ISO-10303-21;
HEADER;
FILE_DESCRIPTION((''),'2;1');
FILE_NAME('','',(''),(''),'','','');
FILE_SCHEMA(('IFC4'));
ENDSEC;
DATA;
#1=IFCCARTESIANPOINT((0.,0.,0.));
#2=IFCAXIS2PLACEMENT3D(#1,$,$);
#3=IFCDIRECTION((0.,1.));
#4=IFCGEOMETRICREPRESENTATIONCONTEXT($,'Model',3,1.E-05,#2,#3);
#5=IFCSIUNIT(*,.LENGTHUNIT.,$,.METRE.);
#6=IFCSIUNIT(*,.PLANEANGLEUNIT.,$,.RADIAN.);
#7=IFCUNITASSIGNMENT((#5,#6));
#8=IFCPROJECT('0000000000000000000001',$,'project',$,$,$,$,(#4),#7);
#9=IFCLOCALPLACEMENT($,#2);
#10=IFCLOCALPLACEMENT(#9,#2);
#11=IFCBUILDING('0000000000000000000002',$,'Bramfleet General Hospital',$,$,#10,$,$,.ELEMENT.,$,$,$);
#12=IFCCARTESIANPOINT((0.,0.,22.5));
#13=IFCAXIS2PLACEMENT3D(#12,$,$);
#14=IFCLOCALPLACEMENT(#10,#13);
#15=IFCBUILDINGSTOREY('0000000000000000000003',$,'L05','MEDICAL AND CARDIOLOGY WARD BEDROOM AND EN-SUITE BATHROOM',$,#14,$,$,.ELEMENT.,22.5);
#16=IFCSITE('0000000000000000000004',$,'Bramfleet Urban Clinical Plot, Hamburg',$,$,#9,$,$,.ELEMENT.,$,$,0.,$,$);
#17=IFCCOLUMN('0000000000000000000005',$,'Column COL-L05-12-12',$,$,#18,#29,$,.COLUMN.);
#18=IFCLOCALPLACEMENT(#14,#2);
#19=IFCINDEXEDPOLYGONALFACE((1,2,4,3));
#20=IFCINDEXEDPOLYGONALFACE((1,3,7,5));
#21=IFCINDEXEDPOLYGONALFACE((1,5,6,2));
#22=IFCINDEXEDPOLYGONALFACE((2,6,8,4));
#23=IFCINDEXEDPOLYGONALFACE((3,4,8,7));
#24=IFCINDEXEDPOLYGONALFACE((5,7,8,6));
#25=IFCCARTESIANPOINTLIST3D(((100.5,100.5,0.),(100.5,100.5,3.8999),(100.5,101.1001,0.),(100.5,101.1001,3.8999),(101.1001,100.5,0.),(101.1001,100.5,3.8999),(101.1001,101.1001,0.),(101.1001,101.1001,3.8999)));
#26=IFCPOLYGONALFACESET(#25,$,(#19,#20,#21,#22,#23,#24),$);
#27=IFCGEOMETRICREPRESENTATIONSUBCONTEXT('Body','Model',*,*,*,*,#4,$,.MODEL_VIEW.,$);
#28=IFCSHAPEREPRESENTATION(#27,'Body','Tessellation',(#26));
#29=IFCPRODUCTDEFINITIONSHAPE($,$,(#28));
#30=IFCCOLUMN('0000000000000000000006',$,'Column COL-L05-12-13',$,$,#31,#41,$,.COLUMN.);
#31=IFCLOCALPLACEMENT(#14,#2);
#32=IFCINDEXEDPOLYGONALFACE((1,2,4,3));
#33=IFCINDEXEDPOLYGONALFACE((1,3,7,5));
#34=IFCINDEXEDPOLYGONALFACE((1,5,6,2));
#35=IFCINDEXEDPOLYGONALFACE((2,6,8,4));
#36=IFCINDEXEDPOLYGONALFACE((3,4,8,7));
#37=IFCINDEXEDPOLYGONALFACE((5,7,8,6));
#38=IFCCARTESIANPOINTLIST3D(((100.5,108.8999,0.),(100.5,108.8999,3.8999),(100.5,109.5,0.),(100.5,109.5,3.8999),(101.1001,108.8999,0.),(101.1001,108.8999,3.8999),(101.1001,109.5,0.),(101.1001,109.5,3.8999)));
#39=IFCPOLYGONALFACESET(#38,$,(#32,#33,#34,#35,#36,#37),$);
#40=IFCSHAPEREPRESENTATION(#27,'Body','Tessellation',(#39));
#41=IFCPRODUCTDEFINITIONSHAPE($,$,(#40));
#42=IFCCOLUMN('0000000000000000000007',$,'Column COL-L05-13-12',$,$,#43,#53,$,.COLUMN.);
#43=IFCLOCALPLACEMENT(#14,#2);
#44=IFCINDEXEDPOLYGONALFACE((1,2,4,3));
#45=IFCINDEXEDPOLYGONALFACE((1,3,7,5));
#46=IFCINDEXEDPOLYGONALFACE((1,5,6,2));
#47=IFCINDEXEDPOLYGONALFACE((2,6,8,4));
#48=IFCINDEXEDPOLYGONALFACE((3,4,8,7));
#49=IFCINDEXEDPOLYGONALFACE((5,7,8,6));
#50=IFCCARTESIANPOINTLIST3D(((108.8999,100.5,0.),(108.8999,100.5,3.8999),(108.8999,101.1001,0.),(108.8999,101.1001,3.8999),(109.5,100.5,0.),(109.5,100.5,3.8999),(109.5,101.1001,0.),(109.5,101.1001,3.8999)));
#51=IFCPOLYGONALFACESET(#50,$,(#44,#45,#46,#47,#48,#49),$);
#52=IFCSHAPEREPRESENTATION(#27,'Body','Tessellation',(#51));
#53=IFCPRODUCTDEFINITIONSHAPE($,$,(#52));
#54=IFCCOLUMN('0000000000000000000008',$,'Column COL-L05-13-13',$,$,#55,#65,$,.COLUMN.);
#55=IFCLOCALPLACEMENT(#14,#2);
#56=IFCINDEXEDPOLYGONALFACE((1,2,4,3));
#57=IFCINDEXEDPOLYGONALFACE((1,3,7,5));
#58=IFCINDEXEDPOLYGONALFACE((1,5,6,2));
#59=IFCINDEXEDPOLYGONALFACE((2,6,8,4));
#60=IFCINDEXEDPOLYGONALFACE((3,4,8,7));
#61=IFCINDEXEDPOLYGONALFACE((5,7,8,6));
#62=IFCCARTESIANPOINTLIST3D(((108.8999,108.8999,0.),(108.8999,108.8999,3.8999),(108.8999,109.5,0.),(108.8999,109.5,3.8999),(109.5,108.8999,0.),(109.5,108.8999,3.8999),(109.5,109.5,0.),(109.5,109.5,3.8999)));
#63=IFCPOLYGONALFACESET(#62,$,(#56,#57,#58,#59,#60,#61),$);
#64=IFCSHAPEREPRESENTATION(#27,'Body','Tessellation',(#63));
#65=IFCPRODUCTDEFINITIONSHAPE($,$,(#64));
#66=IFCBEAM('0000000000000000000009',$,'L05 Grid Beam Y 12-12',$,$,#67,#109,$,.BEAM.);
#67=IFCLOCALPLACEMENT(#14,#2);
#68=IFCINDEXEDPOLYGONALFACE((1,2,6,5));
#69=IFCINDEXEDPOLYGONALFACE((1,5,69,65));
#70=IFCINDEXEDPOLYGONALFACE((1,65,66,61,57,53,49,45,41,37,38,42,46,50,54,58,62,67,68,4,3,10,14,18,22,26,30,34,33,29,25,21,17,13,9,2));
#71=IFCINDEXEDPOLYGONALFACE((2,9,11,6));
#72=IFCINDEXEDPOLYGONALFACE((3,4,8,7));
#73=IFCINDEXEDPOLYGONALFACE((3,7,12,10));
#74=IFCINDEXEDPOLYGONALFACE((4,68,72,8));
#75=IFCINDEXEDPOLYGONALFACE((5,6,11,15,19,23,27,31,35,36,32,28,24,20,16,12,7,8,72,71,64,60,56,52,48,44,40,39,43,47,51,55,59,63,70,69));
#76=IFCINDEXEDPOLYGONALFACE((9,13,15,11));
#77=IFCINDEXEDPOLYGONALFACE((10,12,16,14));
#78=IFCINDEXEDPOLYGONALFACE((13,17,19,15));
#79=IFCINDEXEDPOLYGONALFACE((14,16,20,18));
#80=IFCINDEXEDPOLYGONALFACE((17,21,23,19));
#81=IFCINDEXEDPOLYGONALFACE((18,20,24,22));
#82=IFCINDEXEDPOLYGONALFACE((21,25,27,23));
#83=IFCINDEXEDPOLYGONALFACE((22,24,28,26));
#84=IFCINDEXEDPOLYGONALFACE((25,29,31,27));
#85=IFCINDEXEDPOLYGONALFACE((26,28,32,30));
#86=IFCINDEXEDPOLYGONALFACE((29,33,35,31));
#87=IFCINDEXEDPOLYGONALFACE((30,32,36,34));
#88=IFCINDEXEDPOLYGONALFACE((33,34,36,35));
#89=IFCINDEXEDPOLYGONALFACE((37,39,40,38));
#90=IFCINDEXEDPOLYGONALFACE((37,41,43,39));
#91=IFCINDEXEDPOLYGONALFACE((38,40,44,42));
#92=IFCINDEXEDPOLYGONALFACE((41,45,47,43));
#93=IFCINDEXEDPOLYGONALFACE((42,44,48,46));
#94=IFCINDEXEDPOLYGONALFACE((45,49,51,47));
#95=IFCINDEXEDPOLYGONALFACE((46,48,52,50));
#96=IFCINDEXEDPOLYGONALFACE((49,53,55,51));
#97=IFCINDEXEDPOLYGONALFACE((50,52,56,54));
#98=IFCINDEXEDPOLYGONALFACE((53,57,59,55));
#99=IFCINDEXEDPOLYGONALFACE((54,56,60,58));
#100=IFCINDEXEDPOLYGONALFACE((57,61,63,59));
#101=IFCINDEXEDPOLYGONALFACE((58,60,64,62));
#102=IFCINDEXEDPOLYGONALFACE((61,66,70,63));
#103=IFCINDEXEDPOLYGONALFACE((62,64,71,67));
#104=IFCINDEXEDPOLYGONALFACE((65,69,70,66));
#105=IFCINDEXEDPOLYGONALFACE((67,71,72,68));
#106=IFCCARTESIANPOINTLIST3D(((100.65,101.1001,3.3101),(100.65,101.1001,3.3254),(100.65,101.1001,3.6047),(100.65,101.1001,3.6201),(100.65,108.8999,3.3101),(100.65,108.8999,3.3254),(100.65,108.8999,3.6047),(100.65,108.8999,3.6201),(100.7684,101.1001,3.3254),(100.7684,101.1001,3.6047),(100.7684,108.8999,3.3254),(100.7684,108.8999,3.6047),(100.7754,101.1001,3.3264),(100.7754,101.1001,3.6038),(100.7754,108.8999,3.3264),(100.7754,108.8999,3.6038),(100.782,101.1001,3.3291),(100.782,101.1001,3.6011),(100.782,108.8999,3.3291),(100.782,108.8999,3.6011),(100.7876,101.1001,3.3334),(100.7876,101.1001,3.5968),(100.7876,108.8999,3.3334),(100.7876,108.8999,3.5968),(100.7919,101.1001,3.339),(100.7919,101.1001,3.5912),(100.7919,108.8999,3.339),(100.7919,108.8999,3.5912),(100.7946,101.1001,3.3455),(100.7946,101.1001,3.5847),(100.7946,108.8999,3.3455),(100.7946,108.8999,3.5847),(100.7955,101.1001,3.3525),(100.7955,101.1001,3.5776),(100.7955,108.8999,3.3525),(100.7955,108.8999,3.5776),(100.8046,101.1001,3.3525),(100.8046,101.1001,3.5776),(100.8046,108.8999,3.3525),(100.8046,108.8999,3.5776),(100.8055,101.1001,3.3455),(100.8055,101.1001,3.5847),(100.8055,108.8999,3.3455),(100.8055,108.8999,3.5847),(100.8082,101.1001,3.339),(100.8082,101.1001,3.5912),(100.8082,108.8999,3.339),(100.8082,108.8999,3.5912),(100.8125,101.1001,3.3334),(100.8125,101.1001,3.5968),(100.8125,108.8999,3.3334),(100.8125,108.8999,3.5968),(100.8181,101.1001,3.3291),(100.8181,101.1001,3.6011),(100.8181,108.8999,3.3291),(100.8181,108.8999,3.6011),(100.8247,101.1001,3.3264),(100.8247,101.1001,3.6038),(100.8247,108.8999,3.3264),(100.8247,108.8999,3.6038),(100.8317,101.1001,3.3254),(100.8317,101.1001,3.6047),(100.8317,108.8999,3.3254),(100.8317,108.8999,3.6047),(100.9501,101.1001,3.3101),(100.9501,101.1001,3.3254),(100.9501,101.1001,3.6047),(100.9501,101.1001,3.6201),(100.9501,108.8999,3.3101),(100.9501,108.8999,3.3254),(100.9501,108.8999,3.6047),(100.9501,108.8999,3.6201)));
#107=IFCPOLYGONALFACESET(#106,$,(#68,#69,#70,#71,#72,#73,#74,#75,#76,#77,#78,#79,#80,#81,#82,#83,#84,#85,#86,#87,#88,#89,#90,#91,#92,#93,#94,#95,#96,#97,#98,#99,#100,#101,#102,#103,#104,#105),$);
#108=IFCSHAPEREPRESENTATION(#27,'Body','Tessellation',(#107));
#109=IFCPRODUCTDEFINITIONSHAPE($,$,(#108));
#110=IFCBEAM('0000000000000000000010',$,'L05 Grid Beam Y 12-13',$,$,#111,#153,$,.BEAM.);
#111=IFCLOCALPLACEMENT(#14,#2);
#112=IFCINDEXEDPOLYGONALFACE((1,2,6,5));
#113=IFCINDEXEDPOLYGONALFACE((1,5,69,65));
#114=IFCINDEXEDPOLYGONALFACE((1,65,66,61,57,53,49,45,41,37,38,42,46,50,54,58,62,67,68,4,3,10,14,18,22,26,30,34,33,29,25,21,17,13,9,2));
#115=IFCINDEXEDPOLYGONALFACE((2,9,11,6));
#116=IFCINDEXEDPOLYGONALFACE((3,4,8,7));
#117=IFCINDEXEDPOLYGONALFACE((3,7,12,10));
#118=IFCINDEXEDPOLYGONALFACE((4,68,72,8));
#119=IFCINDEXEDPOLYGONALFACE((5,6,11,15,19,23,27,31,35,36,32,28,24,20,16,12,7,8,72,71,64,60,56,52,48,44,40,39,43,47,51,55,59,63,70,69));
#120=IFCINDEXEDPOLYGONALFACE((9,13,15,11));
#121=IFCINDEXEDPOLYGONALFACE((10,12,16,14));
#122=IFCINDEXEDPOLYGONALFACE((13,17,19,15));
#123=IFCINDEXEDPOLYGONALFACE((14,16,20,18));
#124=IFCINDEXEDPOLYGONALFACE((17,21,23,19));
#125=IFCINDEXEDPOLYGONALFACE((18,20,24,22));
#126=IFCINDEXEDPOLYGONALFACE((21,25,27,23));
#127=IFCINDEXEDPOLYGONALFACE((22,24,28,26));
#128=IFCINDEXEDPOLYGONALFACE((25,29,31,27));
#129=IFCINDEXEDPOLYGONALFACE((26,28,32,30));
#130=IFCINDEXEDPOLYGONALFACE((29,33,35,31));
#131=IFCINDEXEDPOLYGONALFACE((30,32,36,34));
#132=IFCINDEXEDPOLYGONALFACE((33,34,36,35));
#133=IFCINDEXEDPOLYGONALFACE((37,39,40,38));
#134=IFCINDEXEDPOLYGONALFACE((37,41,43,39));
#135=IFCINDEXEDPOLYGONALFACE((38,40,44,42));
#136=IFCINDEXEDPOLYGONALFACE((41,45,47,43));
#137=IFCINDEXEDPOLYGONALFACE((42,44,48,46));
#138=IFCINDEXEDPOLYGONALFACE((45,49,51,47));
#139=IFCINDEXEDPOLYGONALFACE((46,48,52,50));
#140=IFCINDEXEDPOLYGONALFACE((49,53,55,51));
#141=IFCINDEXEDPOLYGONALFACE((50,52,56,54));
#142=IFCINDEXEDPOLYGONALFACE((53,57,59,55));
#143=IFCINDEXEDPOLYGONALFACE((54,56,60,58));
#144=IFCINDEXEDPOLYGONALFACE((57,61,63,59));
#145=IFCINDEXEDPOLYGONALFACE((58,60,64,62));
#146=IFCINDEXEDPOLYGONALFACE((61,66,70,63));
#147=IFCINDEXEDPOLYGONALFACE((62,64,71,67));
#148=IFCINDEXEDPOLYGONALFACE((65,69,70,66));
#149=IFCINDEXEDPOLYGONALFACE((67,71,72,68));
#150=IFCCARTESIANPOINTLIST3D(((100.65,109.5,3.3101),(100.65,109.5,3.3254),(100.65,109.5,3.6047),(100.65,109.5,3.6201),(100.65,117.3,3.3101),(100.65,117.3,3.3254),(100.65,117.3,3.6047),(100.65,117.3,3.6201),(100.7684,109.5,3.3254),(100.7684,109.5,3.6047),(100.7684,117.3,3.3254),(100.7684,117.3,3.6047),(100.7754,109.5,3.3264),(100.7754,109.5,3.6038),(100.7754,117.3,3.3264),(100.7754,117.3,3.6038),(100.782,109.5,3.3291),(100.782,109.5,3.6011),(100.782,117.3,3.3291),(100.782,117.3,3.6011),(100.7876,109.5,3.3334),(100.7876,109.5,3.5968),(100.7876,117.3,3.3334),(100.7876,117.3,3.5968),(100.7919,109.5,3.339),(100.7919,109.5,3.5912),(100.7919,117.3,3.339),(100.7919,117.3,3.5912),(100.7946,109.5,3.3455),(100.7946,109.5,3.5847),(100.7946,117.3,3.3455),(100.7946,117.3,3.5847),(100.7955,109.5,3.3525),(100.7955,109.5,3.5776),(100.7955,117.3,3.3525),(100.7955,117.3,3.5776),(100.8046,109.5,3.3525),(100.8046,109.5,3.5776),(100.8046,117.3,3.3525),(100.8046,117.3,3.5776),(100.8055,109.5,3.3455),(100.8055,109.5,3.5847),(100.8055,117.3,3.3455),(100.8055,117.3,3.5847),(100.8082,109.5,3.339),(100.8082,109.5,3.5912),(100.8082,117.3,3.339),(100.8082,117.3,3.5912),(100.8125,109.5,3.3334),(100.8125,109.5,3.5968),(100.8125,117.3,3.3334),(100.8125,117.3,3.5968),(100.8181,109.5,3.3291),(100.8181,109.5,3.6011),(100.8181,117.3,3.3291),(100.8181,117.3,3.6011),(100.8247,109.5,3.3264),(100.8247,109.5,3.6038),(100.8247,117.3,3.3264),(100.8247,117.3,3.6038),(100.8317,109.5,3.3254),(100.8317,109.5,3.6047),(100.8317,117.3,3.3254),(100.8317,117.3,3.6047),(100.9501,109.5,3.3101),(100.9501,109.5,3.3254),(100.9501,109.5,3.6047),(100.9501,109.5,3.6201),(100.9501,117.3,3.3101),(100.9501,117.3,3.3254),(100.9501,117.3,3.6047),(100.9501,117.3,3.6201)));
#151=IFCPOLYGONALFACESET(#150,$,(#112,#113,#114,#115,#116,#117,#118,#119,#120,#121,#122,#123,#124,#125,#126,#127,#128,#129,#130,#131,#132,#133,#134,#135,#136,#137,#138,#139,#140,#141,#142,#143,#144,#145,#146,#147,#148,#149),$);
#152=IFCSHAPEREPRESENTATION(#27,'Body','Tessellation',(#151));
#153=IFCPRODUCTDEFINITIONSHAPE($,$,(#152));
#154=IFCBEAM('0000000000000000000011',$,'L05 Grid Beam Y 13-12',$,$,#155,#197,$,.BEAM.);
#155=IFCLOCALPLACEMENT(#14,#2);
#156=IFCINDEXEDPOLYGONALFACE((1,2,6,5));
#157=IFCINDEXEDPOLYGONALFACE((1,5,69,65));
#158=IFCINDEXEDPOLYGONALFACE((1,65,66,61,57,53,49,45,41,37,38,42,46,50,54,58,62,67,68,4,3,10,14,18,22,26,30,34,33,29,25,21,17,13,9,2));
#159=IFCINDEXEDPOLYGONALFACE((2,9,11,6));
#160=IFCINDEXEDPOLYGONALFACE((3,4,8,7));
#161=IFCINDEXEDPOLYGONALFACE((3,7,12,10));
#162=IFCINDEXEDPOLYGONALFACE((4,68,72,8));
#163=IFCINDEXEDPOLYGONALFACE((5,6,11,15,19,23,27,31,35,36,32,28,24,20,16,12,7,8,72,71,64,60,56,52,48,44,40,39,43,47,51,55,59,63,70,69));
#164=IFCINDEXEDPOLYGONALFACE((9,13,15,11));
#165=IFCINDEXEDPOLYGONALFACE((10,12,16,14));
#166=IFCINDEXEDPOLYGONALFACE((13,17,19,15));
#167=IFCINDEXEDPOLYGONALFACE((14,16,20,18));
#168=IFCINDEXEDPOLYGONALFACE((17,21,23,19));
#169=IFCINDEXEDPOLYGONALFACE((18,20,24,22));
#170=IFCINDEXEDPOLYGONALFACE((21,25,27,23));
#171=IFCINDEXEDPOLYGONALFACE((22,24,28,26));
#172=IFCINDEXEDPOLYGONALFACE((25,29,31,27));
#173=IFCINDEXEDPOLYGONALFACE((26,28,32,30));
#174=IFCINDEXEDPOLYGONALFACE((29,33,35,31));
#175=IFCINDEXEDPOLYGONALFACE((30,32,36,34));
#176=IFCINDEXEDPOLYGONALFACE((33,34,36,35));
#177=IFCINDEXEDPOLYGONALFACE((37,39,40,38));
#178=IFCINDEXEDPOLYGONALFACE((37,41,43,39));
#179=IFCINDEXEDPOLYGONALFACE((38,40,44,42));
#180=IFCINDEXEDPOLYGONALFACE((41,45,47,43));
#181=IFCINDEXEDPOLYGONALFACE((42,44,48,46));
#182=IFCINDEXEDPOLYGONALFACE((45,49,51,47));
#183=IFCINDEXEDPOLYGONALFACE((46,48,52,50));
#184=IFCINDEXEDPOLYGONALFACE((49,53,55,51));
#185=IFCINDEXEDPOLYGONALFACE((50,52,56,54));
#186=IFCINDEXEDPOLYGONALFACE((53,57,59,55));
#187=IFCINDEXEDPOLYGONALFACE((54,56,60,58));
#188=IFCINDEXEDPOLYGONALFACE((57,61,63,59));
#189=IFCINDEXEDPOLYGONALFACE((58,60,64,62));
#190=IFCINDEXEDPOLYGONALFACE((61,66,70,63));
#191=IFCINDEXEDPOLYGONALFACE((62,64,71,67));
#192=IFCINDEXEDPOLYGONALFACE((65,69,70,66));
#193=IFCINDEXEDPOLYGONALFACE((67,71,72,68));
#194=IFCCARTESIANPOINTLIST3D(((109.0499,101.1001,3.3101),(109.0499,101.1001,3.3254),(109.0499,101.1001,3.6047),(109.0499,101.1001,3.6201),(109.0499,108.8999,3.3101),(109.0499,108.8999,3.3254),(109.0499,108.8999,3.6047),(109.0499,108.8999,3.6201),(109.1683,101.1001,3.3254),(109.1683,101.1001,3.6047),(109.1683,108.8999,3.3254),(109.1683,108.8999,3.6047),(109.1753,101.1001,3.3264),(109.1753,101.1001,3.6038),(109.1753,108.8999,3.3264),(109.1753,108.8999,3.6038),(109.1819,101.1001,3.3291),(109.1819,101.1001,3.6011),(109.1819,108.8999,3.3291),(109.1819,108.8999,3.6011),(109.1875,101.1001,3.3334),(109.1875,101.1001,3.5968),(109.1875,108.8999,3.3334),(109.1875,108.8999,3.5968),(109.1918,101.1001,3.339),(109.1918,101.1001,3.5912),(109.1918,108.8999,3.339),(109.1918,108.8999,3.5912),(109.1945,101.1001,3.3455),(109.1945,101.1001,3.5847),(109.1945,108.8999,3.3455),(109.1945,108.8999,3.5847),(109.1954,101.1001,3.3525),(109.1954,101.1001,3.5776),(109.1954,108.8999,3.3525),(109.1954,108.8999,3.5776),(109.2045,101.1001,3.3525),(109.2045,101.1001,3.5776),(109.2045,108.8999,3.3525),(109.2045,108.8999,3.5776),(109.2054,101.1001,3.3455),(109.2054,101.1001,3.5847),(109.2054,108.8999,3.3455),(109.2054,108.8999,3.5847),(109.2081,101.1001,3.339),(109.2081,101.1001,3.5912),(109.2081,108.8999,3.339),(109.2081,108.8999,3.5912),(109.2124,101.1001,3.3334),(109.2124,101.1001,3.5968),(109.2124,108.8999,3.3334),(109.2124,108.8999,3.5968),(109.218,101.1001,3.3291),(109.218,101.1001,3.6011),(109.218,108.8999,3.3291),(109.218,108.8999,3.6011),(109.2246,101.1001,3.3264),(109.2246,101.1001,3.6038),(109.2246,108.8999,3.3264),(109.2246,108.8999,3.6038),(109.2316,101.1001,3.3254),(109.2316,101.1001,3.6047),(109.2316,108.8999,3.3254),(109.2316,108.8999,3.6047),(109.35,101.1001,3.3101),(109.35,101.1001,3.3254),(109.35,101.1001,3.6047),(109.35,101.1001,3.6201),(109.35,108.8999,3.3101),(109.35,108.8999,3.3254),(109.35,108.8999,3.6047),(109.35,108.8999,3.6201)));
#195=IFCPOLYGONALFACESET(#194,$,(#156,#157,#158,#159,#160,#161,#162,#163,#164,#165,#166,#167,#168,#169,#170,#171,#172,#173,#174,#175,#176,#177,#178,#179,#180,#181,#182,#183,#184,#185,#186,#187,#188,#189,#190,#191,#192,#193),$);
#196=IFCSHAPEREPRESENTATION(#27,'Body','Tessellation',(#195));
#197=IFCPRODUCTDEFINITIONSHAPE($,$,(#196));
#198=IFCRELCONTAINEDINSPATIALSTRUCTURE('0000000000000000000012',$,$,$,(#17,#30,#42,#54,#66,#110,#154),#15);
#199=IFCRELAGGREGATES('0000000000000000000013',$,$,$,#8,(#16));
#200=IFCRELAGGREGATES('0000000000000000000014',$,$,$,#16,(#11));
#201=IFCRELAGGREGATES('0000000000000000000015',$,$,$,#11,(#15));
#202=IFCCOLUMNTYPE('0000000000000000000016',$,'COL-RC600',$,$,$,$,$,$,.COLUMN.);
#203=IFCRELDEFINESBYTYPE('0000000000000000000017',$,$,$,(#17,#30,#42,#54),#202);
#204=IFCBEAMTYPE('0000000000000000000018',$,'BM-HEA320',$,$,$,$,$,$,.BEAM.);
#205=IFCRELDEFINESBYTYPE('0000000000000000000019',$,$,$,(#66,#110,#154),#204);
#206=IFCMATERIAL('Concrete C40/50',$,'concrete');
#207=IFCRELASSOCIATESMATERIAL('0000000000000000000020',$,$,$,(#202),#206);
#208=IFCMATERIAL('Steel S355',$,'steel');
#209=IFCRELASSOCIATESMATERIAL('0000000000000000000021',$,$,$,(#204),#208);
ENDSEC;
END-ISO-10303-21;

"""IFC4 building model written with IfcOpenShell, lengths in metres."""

from ifc_helpers import new_model, si_unit, direction, frame, origin, origin_2d, place, context, subcontext, project, spatial, rectangle, i_section, extrude, material, material_profile, profile_set, type_object, element, save


model = new_model("IFC4")

# Units and contexts
model_context = context("Model", 3, precision=1e-05, world=origin(), true_north=direction((0.0, 1.0)))
body_context = subcontext(model_context, "Body", "Model", "MODEL_VIEW")
ifc_project = project(units=[si_unit("LENGTHUNIT", "METRE"), si_unit("PLANEANGLEUNIT", "RADIAN")], contexts=[model_context])

# Site, building, storey
site_placement = place(None, origin())
site = spatial("IfcSite", under=ifc_project, at=site_placement, Name="Bramfleet Urban Clinical Plot, Hamburg", CompositionType="ELEMENT", RefElevation=0.0)
building_placement = place(site_placement, origin())
building = spatial("IfcBuilding", under=site, at=building_placement, Name="Bramfleet General Hospital", CompositionType="ELEMENT")
storey_placement = place(building_placement, frame((0.0, 0.0, 22.5)))
storey = spatial("IfcBuildingStorey", under=building, at=storey_placement, Name="L05", Description="MEDICAL AND CARDIOLOGY WARD BEDROOM AND EN-SUITE BATHROOM", CompositionType="ELEMENT", Elevation=22.5)

# Columns
ifc_material_1 = material(Name="Concrete C40/50", Category="concrete")
ifc_material_profile_1 = material_profile(ifc_material_1, rectangle(XDim=0.6001, YDim=0.6001, at=origin_2d()), Name="RC COL 600x600")
ifc_profile_set_1 = profile_set([ifc_material_profile_1], Name="Concrete C40/50")
column_type = type_object("IfcColumnType", Name="COL-RC600", PredefinedType="COLUMN", material=ifc_profile_set_1)
for number, where, z_axis, x_axis, name in (
    (1, (100.8, 100.8, 0.0), (0.0, 0.0, 1.0), (1.0, 0.0, 0.0), "Column COL-L05-12-12"),
    (2, (100.8, 109.2, 0.0), (0.0, 0.0, 1.0), (1.0, 0.0, 0.0), "Column COL-L05-12-13"),
    (3, (109.2, 100.8, 0.0), (0.0, 0.0, 1.0), (1.0, 0.0, 0.0), "Column COL-L05-13-12"),
    (4, (109.2, 109.2, 0.0), (0.0, 0.0, 1.0), (1.0, 0.0, 0.0), "Column COL-L05-13-13"),
):
    element("IfcColumn", number, at=place(storey_placement, frame(where, z_axis=z_axis, x_axis=x_axis)), inside=storey, type_object=column_type, Name=name, PredefinedType="COLUMN", context=body_context, shape_type="SweptSolid", body=[
        extrude(rectangle(XDim=0.6001, YDim=0.6001, at=origin_2d()), origin(), (0.0, 0.0, 1.0), 3.8999),
    ])

# Beams
ifc_material_2 = material(Name="Steel S355", Category="steel")
ifc_material_profile_2 = material_profile(ifc_material_2, i_section(OverallWidth=0.3, OverallDepth=0.3101, WebThickness=0.009, FlangeThickness=0.0154, FilletRadius=0.0271, at=origin_2d()), Name="HEA 320")
ifc_profile_set_2 = profile_set([ifc_material_profile_2], Name="Steel S355")
beam_type_1 = type_object("IfcBeamType", Name="BM-HEA320", PredefinedType="BEAM", material=ifc_profile_set_2)
beam_1_placement = place(storey_placement, frame((100.8, 101.1001, 3.4651), z_axis=(0.0, 1.0, 0.0), x_axis=(-1.0, 0.0, 0.0)))
element("IfcBeam", 5, at=beam_1_placement, inside=storey, type_object=beam_type_1, Name="L05 Grid Beam Y 12-12", PredefinedType="BEAM", context=body_context, shape_type="SweptSolid", body=[
    extrude(i_section(OverallWidth=0.3, OverallDepth=0.3101, WebThickness=0.009, FlangeThickness=0.0154, FilletRadius=0.0271, at=origin_2d()), origin(), (0.0, 0.0, 1.0), 7.7998),
])
beam_2_placement = place(storey_placement, frame((100.8, 109.5, 3.4651), z_axis=(0.0, 1.0, 0.0), x_axis=(-1.0, 0.0, 0.0)))
element("IfcBeam", 6, at=beam_2_placement, inside=storey, type_object=beam_type_1, Name="L05 Grid Beam Y 12-13", PredefinedType="BEAM", context=body_context, shape_type="SweptSolid", body=[
    extrude(i_section(OverallWidth=0.3, OverallDepth=0.3101, WebThickness=0.009, FlangeThickness=0.0154, FilletRadius=0.0271, at=origin_2d()), origin(), (0.0, 0.0, 1.0), 7.8),
])
beam_3_placement = place(storey_placement, frame((109.2, 101.1001, 3.4651), z_axis=(0.0, 1.0, 0.0), x_axis=(-1.0, 0.0, 0.0)))
element("IfcBeam", 7, at=beam_3_placement, inside=storey, type_object=beam_type_1, Name="L05 Grid Beam Y 13-12", PredefinedType="BEAM", context=body_context, shape_type="SweptSolid", body=[
    extrude(i_section(OverallWidth=0.3, OverallDepth=0.3101, WebThickness=0.009, FlangeThickness=0.0154, FilletRadius=0.0271, at=origin_2d()), origin(), (0.0, 0.0, 1.0), 7.7998),
])

save(model, "model.ifc")
